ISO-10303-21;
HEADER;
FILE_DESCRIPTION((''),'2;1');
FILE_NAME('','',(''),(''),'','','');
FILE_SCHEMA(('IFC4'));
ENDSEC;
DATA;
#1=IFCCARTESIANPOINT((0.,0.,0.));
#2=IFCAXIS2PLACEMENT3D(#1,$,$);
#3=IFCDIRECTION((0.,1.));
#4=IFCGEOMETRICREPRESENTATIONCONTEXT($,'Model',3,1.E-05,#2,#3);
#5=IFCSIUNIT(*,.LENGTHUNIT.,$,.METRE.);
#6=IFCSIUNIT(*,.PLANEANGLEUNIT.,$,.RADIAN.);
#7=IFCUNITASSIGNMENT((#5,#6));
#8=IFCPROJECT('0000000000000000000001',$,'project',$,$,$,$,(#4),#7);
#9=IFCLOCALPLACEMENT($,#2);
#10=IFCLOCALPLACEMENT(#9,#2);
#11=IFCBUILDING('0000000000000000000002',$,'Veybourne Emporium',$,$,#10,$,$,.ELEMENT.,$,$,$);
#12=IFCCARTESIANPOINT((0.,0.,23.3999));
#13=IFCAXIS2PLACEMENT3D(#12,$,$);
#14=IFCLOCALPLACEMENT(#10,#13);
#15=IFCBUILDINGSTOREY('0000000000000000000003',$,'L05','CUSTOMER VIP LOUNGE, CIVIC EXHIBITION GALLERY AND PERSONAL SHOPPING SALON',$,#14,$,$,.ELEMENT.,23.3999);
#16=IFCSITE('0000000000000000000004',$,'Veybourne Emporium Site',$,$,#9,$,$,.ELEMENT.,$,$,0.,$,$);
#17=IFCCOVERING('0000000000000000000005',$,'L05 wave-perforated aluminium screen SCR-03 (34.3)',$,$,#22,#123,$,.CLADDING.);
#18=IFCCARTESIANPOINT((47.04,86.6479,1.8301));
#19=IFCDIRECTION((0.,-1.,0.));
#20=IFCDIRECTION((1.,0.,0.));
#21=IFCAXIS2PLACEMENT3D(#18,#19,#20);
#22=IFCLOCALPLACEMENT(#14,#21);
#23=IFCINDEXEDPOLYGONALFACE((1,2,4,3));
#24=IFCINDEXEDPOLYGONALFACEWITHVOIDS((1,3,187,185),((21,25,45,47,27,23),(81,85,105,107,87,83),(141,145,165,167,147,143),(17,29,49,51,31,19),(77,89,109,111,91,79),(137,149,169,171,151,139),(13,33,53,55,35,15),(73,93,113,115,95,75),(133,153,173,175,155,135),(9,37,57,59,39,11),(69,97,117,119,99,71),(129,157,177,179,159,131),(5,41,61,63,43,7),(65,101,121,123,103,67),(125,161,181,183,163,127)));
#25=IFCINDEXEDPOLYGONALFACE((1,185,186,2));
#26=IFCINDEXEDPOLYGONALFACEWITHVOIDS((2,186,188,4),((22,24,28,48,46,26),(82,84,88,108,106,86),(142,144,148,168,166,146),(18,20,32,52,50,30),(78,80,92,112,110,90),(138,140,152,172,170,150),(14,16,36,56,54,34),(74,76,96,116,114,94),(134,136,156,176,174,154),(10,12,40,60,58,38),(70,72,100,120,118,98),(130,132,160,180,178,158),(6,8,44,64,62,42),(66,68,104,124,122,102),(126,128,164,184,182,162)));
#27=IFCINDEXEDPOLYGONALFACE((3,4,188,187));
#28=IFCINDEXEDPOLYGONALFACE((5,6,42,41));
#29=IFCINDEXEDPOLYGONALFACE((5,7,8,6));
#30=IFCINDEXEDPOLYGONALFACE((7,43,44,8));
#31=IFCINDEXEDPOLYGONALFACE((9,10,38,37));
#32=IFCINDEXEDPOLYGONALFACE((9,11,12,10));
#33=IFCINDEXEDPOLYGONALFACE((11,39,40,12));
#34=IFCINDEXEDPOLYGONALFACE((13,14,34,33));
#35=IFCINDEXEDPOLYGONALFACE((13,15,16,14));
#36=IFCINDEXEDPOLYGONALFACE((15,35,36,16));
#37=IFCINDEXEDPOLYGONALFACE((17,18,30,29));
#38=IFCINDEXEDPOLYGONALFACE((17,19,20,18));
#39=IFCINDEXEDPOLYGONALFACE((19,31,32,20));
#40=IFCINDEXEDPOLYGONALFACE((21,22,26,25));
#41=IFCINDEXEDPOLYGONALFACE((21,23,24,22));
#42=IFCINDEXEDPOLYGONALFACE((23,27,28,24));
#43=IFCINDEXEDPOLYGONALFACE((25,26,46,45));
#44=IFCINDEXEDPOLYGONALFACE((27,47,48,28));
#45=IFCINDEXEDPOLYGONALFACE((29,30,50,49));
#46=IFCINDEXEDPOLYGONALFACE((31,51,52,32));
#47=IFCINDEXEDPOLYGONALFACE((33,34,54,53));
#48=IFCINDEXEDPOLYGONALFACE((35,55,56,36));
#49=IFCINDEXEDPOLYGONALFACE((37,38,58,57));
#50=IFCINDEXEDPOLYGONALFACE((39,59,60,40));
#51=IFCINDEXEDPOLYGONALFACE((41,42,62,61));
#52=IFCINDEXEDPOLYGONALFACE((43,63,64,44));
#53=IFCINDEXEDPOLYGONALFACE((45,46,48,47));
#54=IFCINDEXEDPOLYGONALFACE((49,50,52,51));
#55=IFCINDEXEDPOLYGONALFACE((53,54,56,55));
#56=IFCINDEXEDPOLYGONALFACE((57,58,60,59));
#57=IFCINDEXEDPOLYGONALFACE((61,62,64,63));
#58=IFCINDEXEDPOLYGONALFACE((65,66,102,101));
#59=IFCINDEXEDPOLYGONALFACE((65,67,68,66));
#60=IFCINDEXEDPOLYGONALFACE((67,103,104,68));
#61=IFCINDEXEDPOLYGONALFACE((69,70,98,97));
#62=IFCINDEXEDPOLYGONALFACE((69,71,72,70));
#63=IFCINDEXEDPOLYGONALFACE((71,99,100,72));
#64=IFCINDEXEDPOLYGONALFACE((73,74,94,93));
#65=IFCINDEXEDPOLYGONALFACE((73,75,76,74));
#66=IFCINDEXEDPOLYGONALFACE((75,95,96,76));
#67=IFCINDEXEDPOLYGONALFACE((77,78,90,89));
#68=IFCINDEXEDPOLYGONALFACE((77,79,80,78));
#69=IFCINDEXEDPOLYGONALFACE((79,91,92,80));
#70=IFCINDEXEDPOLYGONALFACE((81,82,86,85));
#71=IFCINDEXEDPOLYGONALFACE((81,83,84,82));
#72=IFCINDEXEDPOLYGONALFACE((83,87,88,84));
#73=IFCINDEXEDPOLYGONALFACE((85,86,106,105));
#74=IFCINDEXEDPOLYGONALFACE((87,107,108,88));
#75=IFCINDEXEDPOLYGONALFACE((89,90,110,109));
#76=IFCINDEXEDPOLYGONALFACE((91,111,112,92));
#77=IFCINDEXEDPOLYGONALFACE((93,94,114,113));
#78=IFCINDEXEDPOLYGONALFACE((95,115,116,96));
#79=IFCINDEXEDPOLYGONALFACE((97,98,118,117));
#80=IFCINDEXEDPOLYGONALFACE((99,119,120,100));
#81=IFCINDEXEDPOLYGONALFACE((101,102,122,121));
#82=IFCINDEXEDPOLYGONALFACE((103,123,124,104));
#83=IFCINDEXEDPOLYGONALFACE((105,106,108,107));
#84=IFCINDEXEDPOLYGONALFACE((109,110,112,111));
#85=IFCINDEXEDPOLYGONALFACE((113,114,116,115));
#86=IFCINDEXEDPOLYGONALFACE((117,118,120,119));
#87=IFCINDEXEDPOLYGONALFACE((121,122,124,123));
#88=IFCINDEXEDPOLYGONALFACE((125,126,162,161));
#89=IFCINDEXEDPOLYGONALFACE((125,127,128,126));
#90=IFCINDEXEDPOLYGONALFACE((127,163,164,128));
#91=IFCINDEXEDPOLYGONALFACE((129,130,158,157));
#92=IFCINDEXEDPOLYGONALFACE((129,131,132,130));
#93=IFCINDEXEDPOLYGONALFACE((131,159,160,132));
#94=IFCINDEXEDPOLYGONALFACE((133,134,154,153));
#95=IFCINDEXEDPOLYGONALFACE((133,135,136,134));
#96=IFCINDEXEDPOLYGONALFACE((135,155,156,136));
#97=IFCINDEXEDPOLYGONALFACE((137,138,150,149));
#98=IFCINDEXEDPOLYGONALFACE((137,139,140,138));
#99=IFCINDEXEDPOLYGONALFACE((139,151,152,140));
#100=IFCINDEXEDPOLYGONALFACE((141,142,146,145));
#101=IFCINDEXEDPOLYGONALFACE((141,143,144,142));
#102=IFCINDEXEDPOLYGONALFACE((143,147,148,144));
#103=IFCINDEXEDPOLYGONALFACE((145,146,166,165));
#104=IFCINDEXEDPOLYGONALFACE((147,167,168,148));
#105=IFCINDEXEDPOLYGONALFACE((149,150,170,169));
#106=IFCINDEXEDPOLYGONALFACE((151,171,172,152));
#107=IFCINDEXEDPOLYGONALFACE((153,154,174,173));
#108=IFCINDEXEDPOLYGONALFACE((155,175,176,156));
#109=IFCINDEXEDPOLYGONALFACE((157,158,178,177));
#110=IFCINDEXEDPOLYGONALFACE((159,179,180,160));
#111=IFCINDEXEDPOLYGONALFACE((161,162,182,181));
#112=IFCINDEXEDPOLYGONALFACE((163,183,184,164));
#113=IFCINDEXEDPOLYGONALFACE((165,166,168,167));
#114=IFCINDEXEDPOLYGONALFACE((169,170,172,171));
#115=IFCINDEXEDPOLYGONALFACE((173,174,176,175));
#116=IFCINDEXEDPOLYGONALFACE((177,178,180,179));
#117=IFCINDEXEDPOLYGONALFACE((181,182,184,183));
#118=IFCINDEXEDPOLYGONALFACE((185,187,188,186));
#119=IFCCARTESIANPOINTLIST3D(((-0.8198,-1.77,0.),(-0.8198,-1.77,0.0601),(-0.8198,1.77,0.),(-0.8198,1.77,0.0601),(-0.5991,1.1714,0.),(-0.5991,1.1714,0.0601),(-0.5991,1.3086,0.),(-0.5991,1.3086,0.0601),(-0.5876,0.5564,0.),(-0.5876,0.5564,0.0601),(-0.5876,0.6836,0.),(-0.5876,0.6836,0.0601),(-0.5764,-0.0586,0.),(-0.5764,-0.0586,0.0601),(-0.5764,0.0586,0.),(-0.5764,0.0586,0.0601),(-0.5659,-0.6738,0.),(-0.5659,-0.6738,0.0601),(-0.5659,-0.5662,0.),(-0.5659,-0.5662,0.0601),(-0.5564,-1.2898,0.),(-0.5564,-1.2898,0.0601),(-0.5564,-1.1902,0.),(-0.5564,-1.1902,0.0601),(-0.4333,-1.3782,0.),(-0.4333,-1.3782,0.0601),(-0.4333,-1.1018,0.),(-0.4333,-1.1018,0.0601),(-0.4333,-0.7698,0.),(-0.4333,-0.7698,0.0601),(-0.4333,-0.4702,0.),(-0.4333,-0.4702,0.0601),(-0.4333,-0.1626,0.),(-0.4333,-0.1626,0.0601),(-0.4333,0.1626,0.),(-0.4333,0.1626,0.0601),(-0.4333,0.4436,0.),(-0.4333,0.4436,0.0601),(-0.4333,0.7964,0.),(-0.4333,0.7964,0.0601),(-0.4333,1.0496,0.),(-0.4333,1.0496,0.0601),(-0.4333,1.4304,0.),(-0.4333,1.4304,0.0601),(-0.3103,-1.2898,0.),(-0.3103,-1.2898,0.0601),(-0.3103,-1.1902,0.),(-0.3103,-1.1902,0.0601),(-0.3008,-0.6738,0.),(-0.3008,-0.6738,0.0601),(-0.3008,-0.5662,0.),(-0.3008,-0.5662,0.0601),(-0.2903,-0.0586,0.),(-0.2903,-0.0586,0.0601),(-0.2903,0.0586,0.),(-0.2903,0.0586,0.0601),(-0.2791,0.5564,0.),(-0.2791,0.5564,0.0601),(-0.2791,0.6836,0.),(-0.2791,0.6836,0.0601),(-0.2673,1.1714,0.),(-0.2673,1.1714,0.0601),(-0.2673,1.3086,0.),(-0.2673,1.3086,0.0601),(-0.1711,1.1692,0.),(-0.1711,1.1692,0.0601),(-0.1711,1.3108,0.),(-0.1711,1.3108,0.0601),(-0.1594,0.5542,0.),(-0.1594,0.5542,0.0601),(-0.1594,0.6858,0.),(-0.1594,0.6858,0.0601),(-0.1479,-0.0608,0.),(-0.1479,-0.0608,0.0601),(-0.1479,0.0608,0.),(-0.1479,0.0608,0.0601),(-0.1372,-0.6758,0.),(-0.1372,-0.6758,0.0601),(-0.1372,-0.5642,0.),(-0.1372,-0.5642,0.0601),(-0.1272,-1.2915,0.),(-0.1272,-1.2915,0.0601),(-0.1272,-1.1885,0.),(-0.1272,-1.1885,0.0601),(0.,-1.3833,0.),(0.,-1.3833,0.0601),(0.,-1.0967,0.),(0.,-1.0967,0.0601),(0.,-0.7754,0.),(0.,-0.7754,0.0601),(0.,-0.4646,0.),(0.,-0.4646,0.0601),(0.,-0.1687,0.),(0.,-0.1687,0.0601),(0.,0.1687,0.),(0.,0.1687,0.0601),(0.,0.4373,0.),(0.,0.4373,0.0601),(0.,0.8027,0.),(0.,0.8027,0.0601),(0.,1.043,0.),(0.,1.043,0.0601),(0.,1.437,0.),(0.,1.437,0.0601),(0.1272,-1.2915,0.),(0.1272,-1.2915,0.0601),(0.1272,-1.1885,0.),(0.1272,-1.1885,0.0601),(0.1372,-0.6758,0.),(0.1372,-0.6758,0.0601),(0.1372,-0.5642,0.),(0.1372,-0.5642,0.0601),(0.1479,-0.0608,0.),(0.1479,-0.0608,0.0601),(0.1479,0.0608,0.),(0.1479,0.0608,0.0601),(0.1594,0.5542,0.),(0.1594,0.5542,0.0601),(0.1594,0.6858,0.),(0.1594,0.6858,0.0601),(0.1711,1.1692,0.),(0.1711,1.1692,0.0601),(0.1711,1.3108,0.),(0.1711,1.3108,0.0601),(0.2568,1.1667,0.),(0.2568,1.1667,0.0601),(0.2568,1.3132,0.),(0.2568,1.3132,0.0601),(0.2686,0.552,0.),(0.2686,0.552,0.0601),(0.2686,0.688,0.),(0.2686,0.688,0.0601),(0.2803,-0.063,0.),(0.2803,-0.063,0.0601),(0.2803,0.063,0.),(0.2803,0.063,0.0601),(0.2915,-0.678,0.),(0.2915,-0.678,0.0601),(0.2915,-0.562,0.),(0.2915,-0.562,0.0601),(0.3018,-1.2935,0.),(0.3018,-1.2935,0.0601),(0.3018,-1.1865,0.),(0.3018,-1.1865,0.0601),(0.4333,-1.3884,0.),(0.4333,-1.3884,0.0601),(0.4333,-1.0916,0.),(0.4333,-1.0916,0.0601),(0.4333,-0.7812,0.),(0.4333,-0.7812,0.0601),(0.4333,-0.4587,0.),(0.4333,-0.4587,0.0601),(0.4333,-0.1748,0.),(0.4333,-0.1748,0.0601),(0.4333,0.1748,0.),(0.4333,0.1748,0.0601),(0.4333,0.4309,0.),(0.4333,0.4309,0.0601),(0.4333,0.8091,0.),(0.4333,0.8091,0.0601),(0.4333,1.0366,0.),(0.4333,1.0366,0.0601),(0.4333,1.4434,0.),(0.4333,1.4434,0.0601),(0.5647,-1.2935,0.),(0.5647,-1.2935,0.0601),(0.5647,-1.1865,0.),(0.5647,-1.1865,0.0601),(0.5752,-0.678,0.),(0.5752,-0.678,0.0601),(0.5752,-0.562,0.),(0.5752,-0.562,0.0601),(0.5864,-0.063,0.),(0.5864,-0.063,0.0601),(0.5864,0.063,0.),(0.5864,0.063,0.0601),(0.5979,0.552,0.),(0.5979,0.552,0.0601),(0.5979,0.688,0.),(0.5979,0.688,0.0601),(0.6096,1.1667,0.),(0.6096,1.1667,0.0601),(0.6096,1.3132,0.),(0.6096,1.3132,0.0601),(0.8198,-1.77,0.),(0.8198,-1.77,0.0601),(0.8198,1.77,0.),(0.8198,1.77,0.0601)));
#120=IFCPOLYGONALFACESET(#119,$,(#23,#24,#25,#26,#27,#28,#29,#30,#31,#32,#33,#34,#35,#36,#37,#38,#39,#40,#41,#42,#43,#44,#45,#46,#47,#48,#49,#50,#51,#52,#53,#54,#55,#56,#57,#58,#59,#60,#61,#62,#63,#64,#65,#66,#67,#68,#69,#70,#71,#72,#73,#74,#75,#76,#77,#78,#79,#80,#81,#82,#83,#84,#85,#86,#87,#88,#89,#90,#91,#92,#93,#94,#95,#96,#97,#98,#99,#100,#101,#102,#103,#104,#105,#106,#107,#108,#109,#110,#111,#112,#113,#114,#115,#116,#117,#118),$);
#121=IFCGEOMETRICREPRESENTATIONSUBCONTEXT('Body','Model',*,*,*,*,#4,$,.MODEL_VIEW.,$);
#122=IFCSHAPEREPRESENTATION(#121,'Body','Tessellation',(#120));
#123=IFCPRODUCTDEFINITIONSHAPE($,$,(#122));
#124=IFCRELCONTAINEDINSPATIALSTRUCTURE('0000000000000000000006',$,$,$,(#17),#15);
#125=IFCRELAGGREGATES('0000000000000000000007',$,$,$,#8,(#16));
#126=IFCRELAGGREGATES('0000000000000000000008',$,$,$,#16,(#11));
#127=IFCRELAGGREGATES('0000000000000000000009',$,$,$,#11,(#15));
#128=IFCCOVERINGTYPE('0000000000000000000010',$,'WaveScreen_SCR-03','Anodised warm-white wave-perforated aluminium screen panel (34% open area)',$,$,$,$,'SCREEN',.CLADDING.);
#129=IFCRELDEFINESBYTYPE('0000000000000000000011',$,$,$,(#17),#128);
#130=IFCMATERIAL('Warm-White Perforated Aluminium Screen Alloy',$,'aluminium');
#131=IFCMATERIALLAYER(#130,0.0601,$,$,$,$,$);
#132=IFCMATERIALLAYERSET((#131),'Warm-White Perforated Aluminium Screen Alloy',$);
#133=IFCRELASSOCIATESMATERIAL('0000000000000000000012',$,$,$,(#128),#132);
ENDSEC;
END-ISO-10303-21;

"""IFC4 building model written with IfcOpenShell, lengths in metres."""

from ifc_helpers import new_model, si_unit, direction, frame, origin, place, context, subcontext, project, spatial, polyline, outline, extrude, material, layer, layer_set, type_object, element, save


model = new_model("IFC4")

# Units and contexts
model_context = context("Model", 3, precision=1e-05, world=origin(), true_north=direction((0.0, 1.0)))
body_context = subcontext(model_context, "Body", "Model", "MODEL_VIEW")
ifc_project = project(units=[si_unit("LENGTHUNIT", "METRE"), si_unit("PLANEANGLEUNIT", "RADIAN")], contexts=[model_context])

# Site, building, storey
site_placement = place(None, origin())
site = spatial("IfcSite", under=ifc_project, at=site_placement, Name="Veybourne Emporium Site", CompositionType="ELEMENT", RefElevation=0.0)
building_placement = place(site_placement, origin())
building = spatial("IfcBuilding", under=site, at=building_placement, Name="Veybourne Emporium", CompositionType="ELEMENT")
storey_placement = place(building_placement, frame((0.0, 0.0, 23.3999)))
storey = spatial("IfcBuildingStorey", under=building, at=storey_placement, Name="L05", Description="CUSTOMER VIP LOUNGE, CIVIC EXHIBITION GALLERY AND PERSONAL SHOPPING SALON", CompositionType="ELEMENT", Elevation=23.3999)

# Covering
ifc_material_1 = material(Name="Warm-White Perforated Aluminium Screen Alloy", Category="aluminium")
ifc_layer_1 = layer(ifc_material_1, 0.0601)
ifc_layer_set_1 = layer_set([ifc_layer_1], Name="Warm-White Perforated Aluminium Screen Alloy")
covering_type_1 = type_object("IfcCoveringType", Name="WaveScreen_SCR-03", Description="Anodised warm-white wave-perforated aluminium screen panel (34% open area)", ElementType="SCREEN", PredefinedType="CLADDING", material=ifc_layer_set_1)
covering_1_placement = place(storey_placement, frame((47.04, 86.6479, 1.8301), z_axis=(0.0, -1.0, 0.0), x_axis=(1.0, 0.0, 0.0)))
element("IfcCovering", 1, at=covering_1_placement, inside=storey, type_object=covering_type_1, Name="L05 wave-perforated aluminium screen SCR-03 (34.3)", PredefinedType="CLADDING", context=body_context, shape_type="SweptSolid", body=[
    extrude(outline(polyline([(-0.8198, -1.77), (0.8198, -1.77), (0.8198, 1.77), (-0.8198, 1.77), (-0.8198, -1.77)]), holes=[polyline([(-0.4333, -1.1018), (-0.3103, -1.1902), (-0.3103, -1.2898), (-0.4333, -1.3782), (-0.5564, -1.2898), (-0.5564, -1.1902), (-0.4333, -1.1018)]), polyline([(-0.4333, -0.4702), (-0.3008, -0.5662), (-0.3008, -0.6738), (-0.4333, -0.7698), (-0.5659, -0.6738), (-0.5659, -0.5662), (-0.4333, -0.4702)]), polyline([(-0.4333, 0.1626), (-0.2903, 0.0586), (-0.2903, -0.0586), (-0.4333, -0.1626), (-0.5764, -0.0586), (-0.5764, 0.0586), (-0.4333, 0.1626)]), polyline([(-0.4333, 0.7964), (-0.2791, 0.6836), (-0.2791, 0.5564), (-0.4333, 0.4436), (-0.5876, 0.5564), (-0.5876, 0.6836), (-0.4333, 0.7964)]), polyline([(-0.4333, 1.4304), (-0.2673, 1.3086), (-0.2673, 1.1714), (-0.4333, 1.0496), (-0.5991, 1.1714), (-0.5991, 1.3086), (-0.4333, 1.4304)]), polyline([(0.0, -1.0967), (0.1272, -1.1885), (0.1272, -1.2915), (0.0, -1.3833), (-0.1272, -1.2915), (-0.1272, -1.1885), (0.0, -1.0967)]), polyline([(0.0, -0.4646), (0.1372, -0.5642), (0.1372, -0.6758), (0.0, -0.7754), (-0.1372, -0.6758), (-0.1372, -0.5642), (0.0, -0.4646)]), polyline([(0.0, 0.1687), (0.1479, 0.0608), (0.1479, -0.0608), (0.0, -0.1687), (-0.1479, -0.0608), (-0.1479, 0.0608), (0.0, 0.1687)]), polyline([(0.0, 0.8027), (0.1594, 0.6858), (0.1594, 0.5542), (0.0, 0.4373), (-0.1594, 0.5542), (-0.1594, 0.6858), (0.0, 0.8027)]), polyline([(0.0, 1.437), (0.1711, 1.3108), (0.1711, 1.1692), (0.0, 1.043), (-0.1711, 1.1692), (-0.1711, 1.3108), (0.0, 1.437)]), polyline([(0.4333, -1.0916), (0.5647, -1.1865), (0.5647, -1.2935), (0.4333, -1.3884), (0.3018, -1.2935), (0.3018, -1.1865), (0.4333, -1.0916)]), polyline([(0.4333, -0.4587), (0.5752, -0.562), (0.5752, -0.678), (0.4333, -0.7812), (0.2915, -0.678), (0.2915, -0.562), (0.4333, -0.4587)]), polyline([(0.4333, 0.1748), (0.5864, 0.063), (0.5864, -0.063), (0.4333, -0.1748), (0.2803, -0.063), (0.2803, 0.063), (0.4333, 0.1748)]), polyline([(0.4333, 0.8091), (0.5979, 0.688), (0.5979, 0.552), (0.4333, 0.4309), (0.2686, 0.552), (0.2686, 0.688), (0.4333, 0.8091)]), polyline([(0.4333, 1.4434), (0.6096, 1.3132), (0.6096, 1.1667), (0.4333, 1.0366), (0.2568, 1.1667), (0.2568, 1.3132), (0.4333, 1.4434)])]), origin(), (0.0, 0.0, 1.0), 0.0601),
])

save(model, "model.ifc")
